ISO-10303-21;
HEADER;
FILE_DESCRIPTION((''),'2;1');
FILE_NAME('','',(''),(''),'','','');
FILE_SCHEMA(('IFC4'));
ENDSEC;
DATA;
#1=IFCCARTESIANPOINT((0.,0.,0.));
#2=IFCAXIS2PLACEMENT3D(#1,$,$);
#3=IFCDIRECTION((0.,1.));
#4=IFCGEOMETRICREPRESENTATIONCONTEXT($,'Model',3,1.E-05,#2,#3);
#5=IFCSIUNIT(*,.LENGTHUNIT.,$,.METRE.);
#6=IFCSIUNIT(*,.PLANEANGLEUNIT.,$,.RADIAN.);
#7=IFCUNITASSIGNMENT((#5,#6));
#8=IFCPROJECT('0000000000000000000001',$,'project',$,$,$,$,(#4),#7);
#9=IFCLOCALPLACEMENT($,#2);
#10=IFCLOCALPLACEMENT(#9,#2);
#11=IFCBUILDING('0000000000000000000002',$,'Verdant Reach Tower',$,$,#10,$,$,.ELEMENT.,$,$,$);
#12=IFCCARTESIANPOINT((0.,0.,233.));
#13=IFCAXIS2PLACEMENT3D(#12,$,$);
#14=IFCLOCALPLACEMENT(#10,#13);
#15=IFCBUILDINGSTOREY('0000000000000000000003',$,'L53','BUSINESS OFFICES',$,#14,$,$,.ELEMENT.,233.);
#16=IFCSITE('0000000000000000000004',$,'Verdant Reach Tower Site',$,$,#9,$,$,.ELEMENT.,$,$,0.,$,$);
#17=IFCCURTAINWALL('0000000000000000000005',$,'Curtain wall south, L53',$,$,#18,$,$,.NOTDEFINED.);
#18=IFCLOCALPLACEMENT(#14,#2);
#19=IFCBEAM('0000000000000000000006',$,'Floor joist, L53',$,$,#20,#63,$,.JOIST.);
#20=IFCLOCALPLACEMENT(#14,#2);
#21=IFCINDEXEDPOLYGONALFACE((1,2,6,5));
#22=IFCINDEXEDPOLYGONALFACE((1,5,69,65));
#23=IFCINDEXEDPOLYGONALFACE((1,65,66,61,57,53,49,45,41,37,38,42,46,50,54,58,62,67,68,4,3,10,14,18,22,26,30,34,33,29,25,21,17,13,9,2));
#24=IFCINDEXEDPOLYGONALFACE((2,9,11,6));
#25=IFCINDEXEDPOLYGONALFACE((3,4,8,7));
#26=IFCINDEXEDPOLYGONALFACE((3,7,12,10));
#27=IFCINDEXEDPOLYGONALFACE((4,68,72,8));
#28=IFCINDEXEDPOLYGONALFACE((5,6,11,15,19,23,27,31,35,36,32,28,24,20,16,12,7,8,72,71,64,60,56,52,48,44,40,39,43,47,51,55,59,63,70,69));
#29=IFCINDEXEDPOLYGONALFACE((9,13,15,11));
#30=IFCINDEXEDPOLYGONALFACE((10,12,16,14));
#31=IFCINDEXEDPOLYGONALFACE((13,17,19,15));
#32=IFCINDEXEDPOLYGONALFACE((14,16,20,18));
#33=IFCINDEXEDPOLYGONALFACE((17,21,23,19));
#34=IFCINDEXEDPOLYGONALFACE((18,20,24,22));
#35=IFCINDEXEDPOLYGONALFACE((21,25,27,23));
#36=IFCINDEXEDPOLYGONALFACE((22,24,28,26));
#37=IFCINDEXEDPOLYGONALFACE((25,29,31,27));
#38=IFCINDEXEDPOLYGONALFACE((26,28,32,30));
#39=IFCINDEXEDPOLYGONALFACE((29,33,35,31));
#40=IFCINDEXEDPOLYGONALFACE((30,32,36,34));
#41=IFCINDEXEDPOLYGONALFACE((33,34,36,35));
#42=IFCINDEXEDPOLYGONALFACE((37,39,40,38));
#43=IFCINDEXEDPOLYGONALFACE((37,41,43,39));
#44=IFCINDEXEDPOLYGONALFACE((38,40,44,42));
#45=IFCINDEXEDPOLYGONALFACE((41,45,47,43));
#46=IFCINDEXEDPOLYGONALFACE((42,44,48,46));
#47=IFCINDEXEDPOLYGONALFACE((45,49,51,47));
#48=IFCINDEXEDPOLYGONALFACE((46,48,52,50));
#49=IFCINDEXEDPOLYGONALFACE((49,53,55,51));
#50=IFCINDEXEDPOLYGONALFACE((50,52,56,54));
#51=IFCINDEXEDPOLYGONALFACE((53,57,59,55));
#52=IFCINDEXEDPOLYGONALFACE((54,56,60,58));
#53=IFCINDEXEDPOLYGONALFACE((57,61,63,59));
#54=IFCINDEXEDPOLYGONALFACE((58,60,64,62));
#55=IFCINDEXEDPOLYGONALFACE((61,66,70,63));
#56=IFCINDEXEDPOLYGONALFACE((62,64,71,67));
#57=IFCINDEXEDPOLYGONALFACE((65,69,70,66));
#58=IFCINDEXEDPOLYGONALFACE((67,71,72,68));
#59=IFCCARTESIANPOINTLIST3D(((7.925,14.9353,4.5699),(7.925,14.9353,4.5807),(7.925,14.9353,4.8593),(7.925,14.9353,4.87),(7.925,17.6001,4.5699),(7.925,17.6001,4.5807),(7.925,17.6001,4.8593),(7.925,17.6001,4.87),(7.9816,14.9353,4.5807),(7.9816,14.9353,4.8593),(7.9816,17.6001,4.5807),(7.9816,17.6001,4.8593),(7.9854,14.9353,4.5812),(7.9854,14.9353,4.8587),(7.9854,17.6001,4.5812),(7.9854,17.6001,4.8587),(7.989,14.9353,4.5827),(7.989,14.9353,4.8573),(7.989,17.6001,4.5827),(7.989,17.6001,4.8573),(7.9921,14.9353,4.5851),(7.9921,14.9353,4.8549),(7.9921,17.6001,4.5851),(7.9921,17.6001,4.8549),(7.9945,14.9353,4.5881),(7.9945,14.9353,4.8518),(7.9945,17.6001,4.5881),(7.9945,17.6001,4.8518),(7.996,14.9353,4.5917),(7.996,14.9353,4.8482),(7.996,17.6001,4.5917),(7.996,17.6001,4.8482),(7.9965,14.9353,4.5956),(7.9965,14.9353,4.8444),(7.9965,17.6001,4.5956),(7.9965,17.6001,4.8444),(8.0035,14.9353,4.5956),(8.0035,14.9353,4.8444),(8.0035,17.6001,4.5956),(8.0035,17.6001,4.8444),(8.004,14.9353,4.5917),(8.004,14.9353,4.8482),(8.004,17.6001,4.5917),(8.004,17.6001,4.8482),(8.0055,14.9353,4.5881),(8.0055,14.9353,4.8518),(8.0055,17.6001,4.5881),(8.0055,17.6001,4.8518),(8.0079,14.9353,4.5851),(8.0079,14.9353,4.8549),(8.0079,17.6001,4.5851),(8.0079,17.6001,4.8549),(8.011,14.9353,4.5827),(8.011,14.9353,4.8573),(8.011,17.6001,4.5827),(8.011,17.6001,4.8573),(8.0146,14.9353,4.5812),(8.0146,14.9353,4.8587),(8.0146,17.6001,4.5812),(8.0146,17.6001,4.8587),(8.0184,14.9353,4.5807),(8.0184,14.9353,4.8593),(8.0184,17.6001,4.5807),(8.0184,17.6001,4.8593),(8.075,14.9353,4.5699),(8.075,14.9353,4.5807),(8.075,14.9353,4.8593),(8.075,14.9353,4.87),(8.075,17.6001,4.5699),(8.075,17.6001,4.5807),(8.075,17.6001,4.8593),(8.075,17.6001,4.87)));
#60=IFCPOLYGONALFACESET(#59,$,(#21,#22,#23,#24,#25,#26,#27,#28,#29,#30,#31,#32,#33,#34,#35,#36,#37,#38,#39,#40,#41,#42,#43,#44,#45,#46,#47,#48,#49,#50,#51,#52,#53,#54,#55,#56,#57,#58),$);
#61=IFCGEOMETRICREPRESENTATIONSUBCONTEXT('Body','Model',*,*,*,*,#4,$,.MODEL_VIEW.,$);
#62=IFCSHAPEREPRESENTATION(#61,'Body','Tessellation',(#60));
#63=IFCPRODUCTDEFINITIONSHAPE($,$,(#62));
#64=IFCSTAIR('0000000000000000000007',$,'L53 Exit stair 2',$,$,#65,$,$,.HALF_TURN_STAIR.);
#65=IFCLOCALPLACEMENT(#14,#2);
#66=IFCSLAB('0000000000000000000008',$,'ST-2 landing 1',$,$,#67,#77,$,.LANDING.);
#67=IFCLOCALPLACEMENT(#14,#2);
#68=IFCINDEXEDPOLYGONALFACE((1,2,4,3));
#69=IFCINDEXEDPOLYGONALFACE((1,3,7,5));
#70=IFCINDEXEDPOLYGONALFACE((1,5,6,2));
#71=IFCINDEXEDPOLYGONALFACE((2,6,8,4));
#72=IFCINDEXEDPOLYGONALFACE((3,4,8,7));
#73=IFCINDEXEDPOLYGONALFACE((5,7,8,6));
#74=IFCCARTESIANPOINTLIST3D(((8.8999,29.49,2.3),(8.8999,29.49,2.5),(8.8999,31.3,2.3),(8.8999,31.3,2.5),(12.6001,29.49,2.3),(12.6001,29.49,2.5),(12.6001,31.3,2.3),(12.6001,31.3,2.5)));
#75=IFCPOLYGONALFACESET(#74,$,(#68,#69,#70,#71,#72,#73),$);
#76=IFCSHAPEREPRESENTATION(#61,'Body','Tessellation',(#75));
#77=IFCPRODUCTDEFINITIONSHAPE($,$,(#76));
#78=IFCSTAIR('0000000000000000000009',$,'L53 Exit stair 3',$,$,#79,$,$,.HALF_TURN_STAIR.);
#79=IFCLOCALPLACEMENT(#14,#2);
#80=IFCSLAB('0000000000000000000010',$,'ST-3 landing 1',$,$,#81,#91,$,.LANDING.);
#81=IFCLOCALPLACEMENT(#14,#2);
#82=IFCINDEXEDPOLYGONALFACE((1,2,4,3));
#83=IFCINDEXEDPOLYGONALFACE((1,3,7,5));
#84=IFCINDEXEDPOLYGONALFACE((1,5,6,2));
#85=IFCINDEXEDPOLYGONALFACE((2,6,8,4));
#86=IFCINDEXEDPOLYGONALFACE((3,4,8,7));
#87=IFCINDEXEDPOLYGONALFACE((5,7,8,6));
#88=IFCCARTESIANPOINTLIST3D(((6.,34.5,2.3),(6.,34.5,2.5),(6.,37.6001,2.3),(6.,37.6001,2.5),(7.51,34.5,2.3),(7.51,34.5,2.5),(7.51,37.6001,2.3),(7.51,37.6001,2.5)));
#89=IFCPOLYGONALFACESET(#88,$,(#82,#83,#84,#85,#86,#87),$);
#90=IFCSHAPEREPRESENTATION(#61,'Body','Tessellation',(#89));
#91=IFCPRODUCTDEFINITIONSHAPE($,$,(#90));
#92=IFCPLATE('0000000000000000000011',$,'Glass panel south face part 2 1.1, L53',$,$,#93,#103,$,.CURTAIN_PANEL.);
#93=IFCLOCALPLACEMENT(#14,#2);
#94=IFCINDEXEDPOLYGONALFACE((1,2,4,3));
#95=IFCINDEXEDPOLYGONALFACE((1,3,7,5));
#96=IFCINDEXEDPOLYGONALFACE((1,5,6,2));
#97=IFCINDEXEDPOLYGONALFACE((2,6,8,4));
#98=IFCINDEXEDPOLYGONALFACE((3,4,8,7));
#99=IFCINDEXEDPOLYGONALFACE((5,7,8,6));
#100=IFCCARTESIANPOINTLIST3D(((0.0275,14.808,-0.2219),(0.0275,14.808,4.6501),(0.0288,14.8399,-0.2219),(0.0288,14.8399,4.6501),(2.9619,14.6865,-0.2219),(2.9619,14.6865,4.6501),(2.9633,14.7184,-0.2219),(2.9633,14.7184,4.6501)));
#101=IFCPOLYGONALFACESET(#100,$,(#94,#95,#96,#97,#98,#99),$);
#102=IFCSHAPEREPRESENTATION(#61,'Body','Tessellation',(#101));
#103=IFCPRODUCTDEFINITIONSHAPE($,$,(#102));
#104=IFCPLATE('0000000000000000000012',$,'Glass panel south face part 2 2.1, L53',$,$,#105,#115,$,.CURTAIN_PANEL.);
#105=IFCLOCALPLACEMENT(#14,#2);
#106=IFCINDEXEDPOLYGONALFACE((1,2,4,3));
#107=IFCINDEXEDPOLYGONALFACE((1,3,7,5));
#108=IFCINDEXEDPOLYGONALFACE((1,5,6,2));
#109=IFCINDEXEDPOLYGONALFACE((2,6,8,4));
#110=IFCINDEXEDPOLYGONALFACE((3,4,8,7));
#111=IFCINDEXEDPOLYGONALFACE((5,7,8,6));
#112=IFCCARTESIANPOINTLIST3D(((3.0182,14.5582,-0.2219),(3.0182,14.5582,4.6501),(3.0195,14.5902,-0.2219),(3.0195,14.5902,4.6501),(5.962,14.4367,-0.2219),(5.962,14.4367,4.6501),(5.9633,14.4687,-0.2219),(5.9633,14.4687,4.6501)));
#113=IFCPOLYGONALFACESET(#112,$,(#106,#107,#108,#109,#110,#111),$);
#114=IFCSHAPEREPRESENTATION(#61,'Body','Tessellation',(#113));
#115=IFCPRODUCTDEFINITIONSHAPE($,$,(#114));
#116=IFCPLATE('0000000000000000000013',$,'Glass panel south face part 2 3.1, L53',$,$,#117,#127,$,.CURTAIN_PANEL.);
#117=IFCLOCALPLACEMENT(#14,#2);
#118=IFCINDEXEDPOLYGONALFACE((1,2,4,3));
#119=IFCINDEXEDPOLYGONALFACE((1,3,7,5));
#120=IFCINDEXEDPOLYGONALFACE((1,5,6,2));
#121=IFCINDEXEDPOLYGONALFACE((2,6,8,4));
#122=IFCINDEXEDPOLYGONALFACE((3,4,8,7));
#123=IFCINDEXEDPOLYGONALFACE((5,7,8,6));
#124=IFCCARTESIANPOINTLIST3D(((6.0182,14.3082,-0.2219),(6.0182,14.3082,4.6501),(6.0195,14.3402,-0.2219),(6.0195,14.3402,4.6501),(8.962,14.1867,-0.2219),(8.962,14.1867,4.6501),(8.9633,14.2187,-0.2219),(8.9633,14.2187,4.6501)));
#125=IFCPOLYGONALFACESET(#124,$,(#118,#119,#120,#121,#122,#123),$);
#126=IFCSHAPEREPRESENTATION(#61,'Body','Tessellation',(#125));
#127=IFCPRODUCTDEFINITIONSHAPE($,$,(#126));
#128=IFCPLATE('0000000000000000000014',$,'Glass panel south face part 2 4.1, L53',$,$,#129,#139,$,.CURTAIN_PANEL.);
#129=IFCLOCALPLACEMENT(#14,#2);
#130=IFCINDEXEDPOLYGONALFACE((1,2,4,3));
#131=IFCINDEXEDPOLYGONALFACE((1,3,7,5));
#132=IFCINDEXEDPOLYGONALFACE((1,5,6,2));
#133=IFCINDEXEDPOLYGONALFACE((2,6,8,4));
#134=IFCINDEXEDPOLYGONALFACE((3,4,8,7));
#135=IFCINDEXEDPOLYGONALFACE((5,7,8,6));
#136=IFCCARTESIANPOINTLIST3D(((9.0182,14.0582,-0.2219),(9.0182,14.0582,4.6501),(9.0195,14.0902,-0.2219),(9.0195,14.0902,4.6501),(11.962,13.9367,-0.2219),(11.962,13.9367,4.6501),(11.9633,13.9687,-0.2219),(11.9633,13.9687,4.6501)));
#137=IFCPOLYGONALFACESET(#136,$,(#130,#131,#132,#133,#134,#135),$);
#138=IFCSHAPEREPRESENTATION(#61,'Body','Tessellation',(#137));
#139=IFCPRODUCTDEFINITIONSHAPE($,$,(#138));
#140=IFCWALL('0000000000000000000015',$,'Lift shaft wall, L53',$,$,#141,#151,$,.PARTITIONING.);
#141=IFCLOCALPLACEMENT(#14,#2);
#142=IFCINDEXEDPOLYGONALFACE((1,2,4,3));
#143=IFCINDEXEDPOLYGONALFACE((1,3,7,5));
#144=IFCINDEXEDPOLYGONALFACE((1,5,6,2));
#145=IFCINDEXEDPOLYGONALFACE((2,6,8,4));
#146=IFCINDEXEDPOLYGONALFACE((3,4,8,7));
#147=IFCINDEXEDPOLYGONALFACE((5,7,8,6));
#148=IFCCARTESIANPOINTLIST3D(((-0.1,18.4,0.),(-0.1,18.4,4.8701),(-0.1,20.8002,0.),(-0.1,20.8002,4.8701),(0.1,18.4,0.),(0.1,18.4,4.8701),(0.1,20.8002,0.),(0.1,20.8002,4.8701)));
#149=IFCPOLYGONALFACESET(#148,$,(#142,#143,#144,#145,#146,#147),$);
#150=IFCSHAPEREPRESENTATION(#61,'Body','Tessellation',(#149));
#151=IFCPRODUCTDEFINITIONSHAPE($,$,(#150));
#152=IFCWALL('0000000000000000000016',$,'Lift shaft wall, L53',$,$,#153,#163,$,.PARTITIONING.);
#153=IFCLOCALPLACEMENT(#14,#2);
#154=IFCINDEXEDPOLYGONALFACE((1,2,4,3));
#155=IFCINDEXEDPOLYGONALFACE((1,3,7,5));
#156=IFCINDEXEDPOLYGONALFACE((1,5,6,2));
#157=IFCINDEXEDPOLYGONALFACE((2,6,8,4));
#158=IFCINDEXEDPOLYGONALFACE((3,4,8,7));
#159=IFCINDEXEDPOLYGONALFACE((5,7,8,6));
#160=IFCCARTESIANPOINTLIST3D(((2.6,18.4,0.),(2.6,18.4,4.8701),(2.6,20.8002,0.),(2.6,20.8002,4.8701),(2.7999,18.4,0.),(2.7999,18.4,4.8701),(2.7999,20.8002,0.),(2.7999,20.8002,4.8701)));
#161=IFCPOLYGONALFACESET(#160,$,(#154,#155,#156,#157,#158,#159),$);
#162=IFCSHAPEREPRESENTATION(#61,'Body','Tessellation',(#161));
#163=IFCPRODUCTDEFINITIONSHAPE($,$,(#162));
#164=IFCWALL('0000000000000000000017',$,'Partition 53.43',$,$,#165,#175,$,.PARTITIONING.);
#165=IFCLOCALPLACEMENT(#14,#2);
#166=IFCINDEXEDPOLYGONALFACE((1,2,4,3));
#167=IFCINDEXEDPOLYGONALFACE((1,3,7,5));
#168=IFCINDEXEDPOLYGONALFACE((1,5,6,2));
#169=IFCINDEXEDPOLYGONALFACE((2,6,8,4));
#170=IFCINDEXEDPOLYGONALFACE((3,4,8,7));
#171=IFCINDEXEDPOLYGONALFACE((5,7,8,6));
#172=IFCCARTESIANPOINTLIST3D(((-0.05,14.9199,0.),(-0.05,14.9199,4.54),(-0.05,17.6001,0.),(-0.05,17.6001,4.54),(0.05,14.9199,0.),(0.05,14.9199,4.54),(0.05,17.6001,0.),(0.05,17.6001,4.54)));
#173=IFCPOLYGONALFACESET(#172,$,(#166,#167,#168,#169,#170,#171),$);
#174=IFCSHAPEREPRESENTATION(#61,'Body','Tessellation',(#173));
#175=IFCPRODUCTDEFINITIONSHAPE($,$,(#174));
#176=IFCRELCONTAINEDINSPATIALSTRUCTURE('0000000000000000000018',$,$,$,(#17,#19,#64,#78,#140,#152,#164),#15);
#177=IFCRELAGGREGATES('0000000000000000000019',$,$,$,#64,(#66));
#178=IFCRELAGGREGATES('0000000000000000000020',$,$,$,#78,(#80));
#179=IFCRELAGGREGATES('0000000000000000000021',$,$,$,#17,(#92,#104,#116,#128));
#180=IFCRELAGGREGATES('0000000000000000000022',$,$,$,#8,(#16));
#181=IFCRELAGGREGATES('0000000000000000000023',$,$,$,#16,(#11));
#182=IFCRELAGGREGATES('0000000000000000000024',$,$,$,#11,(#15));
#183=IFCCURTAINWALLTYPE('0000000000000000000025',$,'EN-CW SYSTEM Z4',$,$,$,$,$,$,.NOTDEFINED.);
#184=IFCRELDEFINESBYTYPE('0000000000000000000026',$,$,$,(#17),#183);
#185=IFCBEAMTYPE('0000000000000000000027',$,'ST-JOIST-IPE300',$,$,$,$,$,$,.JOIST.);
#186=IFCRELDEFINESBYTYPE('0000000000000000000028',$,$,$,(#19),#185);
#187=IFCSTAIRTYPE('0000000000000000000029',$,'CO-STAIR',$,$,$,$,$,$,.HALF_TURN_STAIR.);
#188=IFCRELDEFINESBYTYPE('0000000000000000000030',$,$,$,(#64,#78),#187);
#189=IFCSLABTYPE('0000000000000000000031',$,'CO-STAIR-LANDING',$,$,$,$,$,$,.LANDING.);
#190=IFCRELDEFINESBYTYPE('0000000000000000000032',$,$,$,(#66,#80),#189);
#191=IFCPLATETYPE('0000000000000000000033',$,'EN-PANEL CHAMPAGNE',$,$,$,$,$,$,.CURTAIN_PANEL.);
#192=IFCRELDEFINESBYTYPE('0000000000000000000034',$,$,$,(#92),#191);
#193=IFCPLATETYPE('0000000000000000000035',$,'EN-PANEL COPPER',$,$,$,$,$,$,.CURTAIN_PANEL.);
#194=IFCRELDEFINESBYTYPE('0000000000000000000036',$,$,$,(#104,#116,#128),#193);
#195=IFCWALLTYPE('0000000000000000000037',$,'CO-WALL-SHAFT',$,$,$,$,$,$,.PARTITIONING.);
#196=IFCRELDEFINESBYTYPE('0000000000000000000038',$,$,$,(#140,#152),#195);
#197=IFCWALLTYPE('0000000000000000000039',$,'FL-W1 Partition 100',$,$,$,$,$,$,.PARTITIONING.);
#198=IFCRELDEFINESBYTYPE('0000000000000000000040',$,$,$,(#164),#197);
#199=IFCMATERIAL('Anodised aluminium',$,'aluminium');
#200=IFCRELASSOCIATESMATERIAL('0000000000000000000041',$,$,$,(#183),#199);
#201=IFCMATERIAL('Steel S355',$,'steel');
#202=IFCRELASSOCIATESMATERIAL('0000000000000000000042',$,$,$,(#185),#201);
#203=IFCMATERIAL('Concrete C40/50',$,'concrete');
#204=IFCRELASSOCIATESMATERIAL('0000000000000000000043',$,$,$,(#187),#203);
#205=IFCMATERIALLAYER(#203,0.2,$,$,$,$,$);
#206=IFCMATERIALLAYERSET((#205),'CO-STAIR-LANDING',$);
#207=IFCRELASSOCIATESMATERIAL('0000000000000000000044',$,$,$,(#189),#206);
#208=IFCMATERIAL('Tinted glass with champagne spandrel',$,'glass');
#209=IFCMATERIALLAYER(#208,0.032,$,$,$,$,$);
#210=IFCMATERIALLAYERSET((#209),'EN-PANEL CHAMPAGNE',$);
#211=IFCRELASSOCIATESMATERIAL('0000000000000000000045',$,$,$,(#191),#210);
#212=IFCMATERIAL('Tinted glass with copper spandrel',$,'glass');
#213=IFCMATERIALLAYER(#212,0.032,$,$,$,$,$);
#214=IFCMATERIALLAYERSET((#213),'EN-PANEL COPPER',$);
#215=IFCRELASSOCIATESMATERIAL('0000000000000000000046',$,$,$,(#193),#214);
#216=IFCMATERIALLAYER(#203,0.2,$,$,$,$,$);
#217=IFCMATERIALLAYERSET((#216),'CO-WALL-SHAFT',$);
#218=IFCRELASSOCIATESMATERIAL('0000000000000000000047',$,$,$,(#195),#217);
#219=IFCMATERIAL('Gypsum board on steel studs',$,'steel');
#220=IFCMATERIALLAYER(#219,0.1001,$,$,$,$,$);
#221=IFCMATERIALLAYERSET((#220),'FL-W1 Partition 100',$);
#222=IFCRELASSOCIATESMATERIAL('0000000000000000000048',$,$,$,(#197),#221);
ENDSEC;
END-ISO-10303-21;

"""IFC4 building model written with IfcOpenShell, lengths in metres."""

from ifc_helpers import new_model, si_unit, direction, frame, frame_2d, origin, origin_2d, place, context, subcontext, project, spatial, polyline, rectangle, i_section, outline, extrude, material, layer, layer_set, material_profile, profile_set, type_object, element, aggregate, save


model = new_model("IFC4")

# Units and contexts
model_context = context("Model", 3, precision=1e-05, world=origin(), true_north=direction((0.0, 1.0)))
body_context = subcontext(model_context, "Body", "Model", "MODEL_VIEW")
ifc_project = project(units=[si_unit("LENGTHUNIT", "METRE"), si_unit("PLANEANGLEUNIT", "RADIAN")], contexts=[model_context])

# Site, building, storey
site_placement = place(None, origin())
site = spatial("IfcSite", under=ifc_project, at=site_placement, Name="Verdant Reach Tower Site", CompositionType="ELEMENT", RefElevation=0.0)
building_placement = place(site_placement, origin())
building = spatial("IfcBuilding", under=site, at=building_placement, Name="Verdant Reach Tower", CompositionType="ELEMENT")
storey_placement = place(building_placement, frame((0.0, 0.0, 233.0)))
storey = spatial("IfcBuildingStorey", under=building, at=storey_placement, Name="L53", Description="BUSINESS OFFICES", CompositionType="ELEMENT", Elevation=233.0)

# Curtain wall
ifc_material_1 = material(Name="Anodised aluminium", Category="aluminium")
curtain_wall_type = type_object("IfcCurtainWallType", Name="EN-CW SYSTEM Z4", PredefinedType="NOTDEFINED", material=ifc_material_1)
curtain_wall_placement = place(storey_placement, origin())
curtain_wall = element("IfcCurtainWall", 1, at=curtain_wall_placement, inside=storey, type_object=curtain_wall_type, Name="Curtain wall south, L53", PredefinedType="NOTDEFINED")

# Beam
ifc_material_2 = material(Name="Steel S355", Category="steel")
ifc_material_profile_1 = material_profile(ifc_material_2, i_section(OverallWidth=0.1499, OverallDepth=0.3, WebThickness=0.0071, FlangeThickness=0.0107, FilletRadius=0.0149, at=origin_2d()), Name="IPE 300")
ifc_profile_set_1 = profile_set([ifc_material_profile_1], Name="Steel S355")
beam_type = type_object("IfcBeamType", Name="ST-JOIST-IPE300", PredefinedType="JOIST", material=ifc_profile_set_1)
beam_1_placement = place(storey_placement, frame((8.0, 17.6001, 4.72), z_axis=(0.0, -1.0, 0.0), x_axis=(1.0, 0.0, 0.0)))
element("IfcBeam", 2, at=beam_1_placement, inside=storey, type_object=beam_type, Name="Floor joist, L53", PredefinedType="JOIST", context=body_context, shape_type="SweptSolid", body=[
    extrude(i_section(OverallWidth=0.1499, OverallDepth=0.3, WebThickness=0.0071, FlangeThickness=0.0107, FilletRadius=0.0149, at=origin_2d()), origin(), (0.0, 0.0, 1.0), 2.6648),
])

# Stairs, slabs
ifc_material_3 = material(Name="Concrete C40/50", Category="concrete")
stair_type = type_object("IfcStairType", Name="CO-STAIR", PredefinedType="HALF_TURN_STAIR", material=ifc_material_3)
stair_1_placement = place(storey_placement, origin())
stair_1 = element("IfcStair", 3, at=stair_1_placement, inside=storey, type_object=stair_type, Name="L53 Exit stair 2", PredefinedType="HALF_TURN_STAIR")
ifc_layer_1 = layer(ifc_material_3, 0.2)
ifc_layer_set_1 = layer_set([ifc_layer_1], Name="CO-STAIR-LANDING")
slab_type = type_object("IfcSlabType", Name="CO-STAIR-LANDING", PredefinedType="LANDING", material=ifc_layer_set_1)
slab_1_placement = place(storey_placement, frame((0.0, 0.0, 2.3)))
slab_1 = element("IfcSlab", 4, at=slab_1_placement, type_object=slab_type, Name="ST-2 landing 1", PredefinedType="LANDING", context=body_context, shape_type="SweptSolid", body=[
    extrude(outline(polyline([(12.6001, 29.49), (12.6001, 31.3), (8.8999, 31.3), (8.8999, 29.49), (12.6001, 29.49)])), origin(), (0.0, 0.0, 1.0), 0.2),
])
aggregate(stair_1, [slab_1])
stair_2_placement = place(storey_placement, origin())
stair_2 = element("IfcStair", 5, at=stair_2_placement, inside=storey, type_object=stair_type, Name="L53 Exit stair 3", PredefinedType="HALF_TURN_STAIR")
slab_2_placement = place(storey_placement, frame((0.0, 0.0, 2.3)))
slab_2 = element("IfcSlab", 6, at=slab_2_placement, type_object=slab_type, Name="ST-3 landing 1", PredefinedType="LANDING", context=body_context, shape_type="SweptSolid", body=[
    extrude(outline(polyline([(7.51, 37.6001), (6.0, 37.6001), (6.0, 34.5), (7.51, 34.5), (7.51, 37.6001)])), origin(), (0.0, 0.0, 1.0), 0.2),
])
aggregate(stair_2, [slab_2])

# Plates
ifc_material_4 = material(Name="Tinted glass with champagne spandrel", Category="glass")
ifc_layer_2 = layer(ifc_material_4, 0.032)
ifc_layer_set_2 = layer_set([ifc_layer_2], Name="EN-PANEL CHAMPAGNE")
plate_type_1 = type_object("IfcPlateType", Name="EN-PANEL CHAMPAGNE", PredefinedType="CURTAIN_PANEL", material=ifc_layer_set_2)
plate_1_placement = place(storey_placement, frame((1.4954, 14.7632, -0.2219), z_axis=(0.0, 0.0, 1.0), x_axis=(0.999144, -0.04137, 0.0)))
plate_1 = element("IfcPlate", 7, at=plate_1_placement, type_object=plate_type_1, Name="Glass panel south face part 2 1.1, L53", PredefinedType="CURTAIN_PANEL", context=body_context, shape_type="SweptSolid", body=[
    extrude(rectangle(XDim=2.937, YDim=0.032, at=origin_2d()), origin(), (0.0, 0.0, 1.0), 4.8721),
])
ifc_material_5 = material(Name="Tinted glass with copper spandrel", Category="glass")
ifc_layer_3 = layer(ifc_material_5, 0.032)
ifc_layer_set_3 = layer_set([ifc_layer_3], Name="EN-PANEL COPPER")
plate_type_2 = type_object("IfcPlateType", Name="EN-PANEL COPPER", PredefinedType="CURTAIN_PANEL", material=ifc_layer_set_3)
plate_2_placement = place(storey_placement, frame((4.4907, 14.5134, -0.2219), z_axis=(0.0, 0.0, 1.0), x_axis=(0.999149, -0.041242, 0.0)))
plate_2 = element("IfcPlate", 8, at=plate_2_placement, type_object=plate_type_2, Name="Glass panel south face part 2 2.1, L53", PredefinedType="CURTAIN_PANEL", context=body_context, shape_type="SweptSolid", body=[
    extrude(rectangle(XDim=2.9463, YDim=0.032, at=origin_2d()), origin(), (0.0, 0.0, 1.0), 4.8721),
])
plate_3_placement = place(storey_placement, frame((7.4907, 14.2634, -0.2219), z_axis=(0.0, 0.0, 1.0), x_axis=(0.999149, -0.041242, 0.0)))
plate_3 = element("IfcPlate", 9, at=plate_3_placement, type_object=plate_type_2, Name="Glass panel south face part 2 3.1, L53", PredefinedType="CURTAIN_PANEL", context=body_context, shape_type="SweptSolid", body=[
    extrude(rectangle(XDim=2.9463, YDim=0.032, at=origin_2d()), origin(), (0.0, 0.0, 1.0), 4.8721),
])
plate_4_placement = place(storey_placement, frame((10.4907, 14.0134, -0.2219), z_axis=(0.0, 0.0, 1.0), x_axis=(0.999149, -0.041242, 0.0)))
plate_4 = element("IfcPlate", 10, at=plate_4_placement, type_object=plate_type_2, Name="Glass panel south face part 2 4.1, L53", PredefinedType="CURTAIN_PANEL", context=body_context, shape_type="SweptSolid", body=[
    extrude(rectangle(XDim=2.9463, YDim=0.032, at=origin_2d()), origin(), (0.0, 0.0, 1.0), 4.8721),
])
aggregate(curtain_wall, [plate_1, plate_2, plate_3, plate_4])

# Walls
ifc_layer_4 = layer(ifc_material_3, 0.2)
ifc_layer_set_4 = layer_set([ifc_layer_4], Name="CO-WALL-SHAFT")
wall_type_1 = type_object("IfcWallType", Name="CO-WALL-SHAFT", PredefinedType="PARTITIONING", material=ifc_layer_set_4)
for number, where, z_axis, x_axis, name in (
    (11, (0.0, 18.3999, 0.0), (0.0, 0.0, 1.0), (0.0, 1.0, 0.0), "Lift shaft wall, L53"),
    (12, (2.7, 18.3999, 0.0), (0.0, 0.0, 1.0), (0.0, 1.0, 0.0), "Lift shaft wall, L53"),
):
    element("IfcWall", number, at=place(storey_placement, frame(where, z_axis=z_axis, x_axis=x_axis)), inside=storey, type_object=wall_type_1, Name=name, PredefinedType="PARTITIONING", context=body_context, shape_type="SweptSolid", body=[
        extrude(rectangle(XDim=2.4001, YDim=0.2, at=frame_2d((1.2002, 0.0))), origin(), (0.0, 0.0, 1.0), 4.8701),
    ])
ifc_material_6 = material(Name="Gypsum board on steel studs", Category="steel")
ifc_layer_5 = layer(ifc_material_6, 0.1001)
ifc_layer_set_5 = layer_set([ifc_layer_5], Name="FL-W1 Partition 100")
wall_type_2 = type_object("IfcWallType", Name="FL-W1 Partition 100", PredefinedType="PARTITIONING", material=ifc_layer_set_5)
wall_1_placement = place(storey_placement, frame((0.0, 14.9199, 0.0), z_axis=(0.0, 0.0, 1.0), x_axis=(0.0, 1.0, 0.0)))
element("IfcWall", 13, at=wall_1_placement, inside=storey, type_object=wall_type_2, Name="Partition 53.43", PredefinedType="PARTITIONING", context=body_context, shape_type="SweptSolid", body=[
    extrude(rectangle(XDim=2.6802, YDim=0.1001, at=frame_2d((1.3401, 0.0))), origin(), (0.0, 0.0, 1.0), 4.54),
])

save(model, "model.ifc")
